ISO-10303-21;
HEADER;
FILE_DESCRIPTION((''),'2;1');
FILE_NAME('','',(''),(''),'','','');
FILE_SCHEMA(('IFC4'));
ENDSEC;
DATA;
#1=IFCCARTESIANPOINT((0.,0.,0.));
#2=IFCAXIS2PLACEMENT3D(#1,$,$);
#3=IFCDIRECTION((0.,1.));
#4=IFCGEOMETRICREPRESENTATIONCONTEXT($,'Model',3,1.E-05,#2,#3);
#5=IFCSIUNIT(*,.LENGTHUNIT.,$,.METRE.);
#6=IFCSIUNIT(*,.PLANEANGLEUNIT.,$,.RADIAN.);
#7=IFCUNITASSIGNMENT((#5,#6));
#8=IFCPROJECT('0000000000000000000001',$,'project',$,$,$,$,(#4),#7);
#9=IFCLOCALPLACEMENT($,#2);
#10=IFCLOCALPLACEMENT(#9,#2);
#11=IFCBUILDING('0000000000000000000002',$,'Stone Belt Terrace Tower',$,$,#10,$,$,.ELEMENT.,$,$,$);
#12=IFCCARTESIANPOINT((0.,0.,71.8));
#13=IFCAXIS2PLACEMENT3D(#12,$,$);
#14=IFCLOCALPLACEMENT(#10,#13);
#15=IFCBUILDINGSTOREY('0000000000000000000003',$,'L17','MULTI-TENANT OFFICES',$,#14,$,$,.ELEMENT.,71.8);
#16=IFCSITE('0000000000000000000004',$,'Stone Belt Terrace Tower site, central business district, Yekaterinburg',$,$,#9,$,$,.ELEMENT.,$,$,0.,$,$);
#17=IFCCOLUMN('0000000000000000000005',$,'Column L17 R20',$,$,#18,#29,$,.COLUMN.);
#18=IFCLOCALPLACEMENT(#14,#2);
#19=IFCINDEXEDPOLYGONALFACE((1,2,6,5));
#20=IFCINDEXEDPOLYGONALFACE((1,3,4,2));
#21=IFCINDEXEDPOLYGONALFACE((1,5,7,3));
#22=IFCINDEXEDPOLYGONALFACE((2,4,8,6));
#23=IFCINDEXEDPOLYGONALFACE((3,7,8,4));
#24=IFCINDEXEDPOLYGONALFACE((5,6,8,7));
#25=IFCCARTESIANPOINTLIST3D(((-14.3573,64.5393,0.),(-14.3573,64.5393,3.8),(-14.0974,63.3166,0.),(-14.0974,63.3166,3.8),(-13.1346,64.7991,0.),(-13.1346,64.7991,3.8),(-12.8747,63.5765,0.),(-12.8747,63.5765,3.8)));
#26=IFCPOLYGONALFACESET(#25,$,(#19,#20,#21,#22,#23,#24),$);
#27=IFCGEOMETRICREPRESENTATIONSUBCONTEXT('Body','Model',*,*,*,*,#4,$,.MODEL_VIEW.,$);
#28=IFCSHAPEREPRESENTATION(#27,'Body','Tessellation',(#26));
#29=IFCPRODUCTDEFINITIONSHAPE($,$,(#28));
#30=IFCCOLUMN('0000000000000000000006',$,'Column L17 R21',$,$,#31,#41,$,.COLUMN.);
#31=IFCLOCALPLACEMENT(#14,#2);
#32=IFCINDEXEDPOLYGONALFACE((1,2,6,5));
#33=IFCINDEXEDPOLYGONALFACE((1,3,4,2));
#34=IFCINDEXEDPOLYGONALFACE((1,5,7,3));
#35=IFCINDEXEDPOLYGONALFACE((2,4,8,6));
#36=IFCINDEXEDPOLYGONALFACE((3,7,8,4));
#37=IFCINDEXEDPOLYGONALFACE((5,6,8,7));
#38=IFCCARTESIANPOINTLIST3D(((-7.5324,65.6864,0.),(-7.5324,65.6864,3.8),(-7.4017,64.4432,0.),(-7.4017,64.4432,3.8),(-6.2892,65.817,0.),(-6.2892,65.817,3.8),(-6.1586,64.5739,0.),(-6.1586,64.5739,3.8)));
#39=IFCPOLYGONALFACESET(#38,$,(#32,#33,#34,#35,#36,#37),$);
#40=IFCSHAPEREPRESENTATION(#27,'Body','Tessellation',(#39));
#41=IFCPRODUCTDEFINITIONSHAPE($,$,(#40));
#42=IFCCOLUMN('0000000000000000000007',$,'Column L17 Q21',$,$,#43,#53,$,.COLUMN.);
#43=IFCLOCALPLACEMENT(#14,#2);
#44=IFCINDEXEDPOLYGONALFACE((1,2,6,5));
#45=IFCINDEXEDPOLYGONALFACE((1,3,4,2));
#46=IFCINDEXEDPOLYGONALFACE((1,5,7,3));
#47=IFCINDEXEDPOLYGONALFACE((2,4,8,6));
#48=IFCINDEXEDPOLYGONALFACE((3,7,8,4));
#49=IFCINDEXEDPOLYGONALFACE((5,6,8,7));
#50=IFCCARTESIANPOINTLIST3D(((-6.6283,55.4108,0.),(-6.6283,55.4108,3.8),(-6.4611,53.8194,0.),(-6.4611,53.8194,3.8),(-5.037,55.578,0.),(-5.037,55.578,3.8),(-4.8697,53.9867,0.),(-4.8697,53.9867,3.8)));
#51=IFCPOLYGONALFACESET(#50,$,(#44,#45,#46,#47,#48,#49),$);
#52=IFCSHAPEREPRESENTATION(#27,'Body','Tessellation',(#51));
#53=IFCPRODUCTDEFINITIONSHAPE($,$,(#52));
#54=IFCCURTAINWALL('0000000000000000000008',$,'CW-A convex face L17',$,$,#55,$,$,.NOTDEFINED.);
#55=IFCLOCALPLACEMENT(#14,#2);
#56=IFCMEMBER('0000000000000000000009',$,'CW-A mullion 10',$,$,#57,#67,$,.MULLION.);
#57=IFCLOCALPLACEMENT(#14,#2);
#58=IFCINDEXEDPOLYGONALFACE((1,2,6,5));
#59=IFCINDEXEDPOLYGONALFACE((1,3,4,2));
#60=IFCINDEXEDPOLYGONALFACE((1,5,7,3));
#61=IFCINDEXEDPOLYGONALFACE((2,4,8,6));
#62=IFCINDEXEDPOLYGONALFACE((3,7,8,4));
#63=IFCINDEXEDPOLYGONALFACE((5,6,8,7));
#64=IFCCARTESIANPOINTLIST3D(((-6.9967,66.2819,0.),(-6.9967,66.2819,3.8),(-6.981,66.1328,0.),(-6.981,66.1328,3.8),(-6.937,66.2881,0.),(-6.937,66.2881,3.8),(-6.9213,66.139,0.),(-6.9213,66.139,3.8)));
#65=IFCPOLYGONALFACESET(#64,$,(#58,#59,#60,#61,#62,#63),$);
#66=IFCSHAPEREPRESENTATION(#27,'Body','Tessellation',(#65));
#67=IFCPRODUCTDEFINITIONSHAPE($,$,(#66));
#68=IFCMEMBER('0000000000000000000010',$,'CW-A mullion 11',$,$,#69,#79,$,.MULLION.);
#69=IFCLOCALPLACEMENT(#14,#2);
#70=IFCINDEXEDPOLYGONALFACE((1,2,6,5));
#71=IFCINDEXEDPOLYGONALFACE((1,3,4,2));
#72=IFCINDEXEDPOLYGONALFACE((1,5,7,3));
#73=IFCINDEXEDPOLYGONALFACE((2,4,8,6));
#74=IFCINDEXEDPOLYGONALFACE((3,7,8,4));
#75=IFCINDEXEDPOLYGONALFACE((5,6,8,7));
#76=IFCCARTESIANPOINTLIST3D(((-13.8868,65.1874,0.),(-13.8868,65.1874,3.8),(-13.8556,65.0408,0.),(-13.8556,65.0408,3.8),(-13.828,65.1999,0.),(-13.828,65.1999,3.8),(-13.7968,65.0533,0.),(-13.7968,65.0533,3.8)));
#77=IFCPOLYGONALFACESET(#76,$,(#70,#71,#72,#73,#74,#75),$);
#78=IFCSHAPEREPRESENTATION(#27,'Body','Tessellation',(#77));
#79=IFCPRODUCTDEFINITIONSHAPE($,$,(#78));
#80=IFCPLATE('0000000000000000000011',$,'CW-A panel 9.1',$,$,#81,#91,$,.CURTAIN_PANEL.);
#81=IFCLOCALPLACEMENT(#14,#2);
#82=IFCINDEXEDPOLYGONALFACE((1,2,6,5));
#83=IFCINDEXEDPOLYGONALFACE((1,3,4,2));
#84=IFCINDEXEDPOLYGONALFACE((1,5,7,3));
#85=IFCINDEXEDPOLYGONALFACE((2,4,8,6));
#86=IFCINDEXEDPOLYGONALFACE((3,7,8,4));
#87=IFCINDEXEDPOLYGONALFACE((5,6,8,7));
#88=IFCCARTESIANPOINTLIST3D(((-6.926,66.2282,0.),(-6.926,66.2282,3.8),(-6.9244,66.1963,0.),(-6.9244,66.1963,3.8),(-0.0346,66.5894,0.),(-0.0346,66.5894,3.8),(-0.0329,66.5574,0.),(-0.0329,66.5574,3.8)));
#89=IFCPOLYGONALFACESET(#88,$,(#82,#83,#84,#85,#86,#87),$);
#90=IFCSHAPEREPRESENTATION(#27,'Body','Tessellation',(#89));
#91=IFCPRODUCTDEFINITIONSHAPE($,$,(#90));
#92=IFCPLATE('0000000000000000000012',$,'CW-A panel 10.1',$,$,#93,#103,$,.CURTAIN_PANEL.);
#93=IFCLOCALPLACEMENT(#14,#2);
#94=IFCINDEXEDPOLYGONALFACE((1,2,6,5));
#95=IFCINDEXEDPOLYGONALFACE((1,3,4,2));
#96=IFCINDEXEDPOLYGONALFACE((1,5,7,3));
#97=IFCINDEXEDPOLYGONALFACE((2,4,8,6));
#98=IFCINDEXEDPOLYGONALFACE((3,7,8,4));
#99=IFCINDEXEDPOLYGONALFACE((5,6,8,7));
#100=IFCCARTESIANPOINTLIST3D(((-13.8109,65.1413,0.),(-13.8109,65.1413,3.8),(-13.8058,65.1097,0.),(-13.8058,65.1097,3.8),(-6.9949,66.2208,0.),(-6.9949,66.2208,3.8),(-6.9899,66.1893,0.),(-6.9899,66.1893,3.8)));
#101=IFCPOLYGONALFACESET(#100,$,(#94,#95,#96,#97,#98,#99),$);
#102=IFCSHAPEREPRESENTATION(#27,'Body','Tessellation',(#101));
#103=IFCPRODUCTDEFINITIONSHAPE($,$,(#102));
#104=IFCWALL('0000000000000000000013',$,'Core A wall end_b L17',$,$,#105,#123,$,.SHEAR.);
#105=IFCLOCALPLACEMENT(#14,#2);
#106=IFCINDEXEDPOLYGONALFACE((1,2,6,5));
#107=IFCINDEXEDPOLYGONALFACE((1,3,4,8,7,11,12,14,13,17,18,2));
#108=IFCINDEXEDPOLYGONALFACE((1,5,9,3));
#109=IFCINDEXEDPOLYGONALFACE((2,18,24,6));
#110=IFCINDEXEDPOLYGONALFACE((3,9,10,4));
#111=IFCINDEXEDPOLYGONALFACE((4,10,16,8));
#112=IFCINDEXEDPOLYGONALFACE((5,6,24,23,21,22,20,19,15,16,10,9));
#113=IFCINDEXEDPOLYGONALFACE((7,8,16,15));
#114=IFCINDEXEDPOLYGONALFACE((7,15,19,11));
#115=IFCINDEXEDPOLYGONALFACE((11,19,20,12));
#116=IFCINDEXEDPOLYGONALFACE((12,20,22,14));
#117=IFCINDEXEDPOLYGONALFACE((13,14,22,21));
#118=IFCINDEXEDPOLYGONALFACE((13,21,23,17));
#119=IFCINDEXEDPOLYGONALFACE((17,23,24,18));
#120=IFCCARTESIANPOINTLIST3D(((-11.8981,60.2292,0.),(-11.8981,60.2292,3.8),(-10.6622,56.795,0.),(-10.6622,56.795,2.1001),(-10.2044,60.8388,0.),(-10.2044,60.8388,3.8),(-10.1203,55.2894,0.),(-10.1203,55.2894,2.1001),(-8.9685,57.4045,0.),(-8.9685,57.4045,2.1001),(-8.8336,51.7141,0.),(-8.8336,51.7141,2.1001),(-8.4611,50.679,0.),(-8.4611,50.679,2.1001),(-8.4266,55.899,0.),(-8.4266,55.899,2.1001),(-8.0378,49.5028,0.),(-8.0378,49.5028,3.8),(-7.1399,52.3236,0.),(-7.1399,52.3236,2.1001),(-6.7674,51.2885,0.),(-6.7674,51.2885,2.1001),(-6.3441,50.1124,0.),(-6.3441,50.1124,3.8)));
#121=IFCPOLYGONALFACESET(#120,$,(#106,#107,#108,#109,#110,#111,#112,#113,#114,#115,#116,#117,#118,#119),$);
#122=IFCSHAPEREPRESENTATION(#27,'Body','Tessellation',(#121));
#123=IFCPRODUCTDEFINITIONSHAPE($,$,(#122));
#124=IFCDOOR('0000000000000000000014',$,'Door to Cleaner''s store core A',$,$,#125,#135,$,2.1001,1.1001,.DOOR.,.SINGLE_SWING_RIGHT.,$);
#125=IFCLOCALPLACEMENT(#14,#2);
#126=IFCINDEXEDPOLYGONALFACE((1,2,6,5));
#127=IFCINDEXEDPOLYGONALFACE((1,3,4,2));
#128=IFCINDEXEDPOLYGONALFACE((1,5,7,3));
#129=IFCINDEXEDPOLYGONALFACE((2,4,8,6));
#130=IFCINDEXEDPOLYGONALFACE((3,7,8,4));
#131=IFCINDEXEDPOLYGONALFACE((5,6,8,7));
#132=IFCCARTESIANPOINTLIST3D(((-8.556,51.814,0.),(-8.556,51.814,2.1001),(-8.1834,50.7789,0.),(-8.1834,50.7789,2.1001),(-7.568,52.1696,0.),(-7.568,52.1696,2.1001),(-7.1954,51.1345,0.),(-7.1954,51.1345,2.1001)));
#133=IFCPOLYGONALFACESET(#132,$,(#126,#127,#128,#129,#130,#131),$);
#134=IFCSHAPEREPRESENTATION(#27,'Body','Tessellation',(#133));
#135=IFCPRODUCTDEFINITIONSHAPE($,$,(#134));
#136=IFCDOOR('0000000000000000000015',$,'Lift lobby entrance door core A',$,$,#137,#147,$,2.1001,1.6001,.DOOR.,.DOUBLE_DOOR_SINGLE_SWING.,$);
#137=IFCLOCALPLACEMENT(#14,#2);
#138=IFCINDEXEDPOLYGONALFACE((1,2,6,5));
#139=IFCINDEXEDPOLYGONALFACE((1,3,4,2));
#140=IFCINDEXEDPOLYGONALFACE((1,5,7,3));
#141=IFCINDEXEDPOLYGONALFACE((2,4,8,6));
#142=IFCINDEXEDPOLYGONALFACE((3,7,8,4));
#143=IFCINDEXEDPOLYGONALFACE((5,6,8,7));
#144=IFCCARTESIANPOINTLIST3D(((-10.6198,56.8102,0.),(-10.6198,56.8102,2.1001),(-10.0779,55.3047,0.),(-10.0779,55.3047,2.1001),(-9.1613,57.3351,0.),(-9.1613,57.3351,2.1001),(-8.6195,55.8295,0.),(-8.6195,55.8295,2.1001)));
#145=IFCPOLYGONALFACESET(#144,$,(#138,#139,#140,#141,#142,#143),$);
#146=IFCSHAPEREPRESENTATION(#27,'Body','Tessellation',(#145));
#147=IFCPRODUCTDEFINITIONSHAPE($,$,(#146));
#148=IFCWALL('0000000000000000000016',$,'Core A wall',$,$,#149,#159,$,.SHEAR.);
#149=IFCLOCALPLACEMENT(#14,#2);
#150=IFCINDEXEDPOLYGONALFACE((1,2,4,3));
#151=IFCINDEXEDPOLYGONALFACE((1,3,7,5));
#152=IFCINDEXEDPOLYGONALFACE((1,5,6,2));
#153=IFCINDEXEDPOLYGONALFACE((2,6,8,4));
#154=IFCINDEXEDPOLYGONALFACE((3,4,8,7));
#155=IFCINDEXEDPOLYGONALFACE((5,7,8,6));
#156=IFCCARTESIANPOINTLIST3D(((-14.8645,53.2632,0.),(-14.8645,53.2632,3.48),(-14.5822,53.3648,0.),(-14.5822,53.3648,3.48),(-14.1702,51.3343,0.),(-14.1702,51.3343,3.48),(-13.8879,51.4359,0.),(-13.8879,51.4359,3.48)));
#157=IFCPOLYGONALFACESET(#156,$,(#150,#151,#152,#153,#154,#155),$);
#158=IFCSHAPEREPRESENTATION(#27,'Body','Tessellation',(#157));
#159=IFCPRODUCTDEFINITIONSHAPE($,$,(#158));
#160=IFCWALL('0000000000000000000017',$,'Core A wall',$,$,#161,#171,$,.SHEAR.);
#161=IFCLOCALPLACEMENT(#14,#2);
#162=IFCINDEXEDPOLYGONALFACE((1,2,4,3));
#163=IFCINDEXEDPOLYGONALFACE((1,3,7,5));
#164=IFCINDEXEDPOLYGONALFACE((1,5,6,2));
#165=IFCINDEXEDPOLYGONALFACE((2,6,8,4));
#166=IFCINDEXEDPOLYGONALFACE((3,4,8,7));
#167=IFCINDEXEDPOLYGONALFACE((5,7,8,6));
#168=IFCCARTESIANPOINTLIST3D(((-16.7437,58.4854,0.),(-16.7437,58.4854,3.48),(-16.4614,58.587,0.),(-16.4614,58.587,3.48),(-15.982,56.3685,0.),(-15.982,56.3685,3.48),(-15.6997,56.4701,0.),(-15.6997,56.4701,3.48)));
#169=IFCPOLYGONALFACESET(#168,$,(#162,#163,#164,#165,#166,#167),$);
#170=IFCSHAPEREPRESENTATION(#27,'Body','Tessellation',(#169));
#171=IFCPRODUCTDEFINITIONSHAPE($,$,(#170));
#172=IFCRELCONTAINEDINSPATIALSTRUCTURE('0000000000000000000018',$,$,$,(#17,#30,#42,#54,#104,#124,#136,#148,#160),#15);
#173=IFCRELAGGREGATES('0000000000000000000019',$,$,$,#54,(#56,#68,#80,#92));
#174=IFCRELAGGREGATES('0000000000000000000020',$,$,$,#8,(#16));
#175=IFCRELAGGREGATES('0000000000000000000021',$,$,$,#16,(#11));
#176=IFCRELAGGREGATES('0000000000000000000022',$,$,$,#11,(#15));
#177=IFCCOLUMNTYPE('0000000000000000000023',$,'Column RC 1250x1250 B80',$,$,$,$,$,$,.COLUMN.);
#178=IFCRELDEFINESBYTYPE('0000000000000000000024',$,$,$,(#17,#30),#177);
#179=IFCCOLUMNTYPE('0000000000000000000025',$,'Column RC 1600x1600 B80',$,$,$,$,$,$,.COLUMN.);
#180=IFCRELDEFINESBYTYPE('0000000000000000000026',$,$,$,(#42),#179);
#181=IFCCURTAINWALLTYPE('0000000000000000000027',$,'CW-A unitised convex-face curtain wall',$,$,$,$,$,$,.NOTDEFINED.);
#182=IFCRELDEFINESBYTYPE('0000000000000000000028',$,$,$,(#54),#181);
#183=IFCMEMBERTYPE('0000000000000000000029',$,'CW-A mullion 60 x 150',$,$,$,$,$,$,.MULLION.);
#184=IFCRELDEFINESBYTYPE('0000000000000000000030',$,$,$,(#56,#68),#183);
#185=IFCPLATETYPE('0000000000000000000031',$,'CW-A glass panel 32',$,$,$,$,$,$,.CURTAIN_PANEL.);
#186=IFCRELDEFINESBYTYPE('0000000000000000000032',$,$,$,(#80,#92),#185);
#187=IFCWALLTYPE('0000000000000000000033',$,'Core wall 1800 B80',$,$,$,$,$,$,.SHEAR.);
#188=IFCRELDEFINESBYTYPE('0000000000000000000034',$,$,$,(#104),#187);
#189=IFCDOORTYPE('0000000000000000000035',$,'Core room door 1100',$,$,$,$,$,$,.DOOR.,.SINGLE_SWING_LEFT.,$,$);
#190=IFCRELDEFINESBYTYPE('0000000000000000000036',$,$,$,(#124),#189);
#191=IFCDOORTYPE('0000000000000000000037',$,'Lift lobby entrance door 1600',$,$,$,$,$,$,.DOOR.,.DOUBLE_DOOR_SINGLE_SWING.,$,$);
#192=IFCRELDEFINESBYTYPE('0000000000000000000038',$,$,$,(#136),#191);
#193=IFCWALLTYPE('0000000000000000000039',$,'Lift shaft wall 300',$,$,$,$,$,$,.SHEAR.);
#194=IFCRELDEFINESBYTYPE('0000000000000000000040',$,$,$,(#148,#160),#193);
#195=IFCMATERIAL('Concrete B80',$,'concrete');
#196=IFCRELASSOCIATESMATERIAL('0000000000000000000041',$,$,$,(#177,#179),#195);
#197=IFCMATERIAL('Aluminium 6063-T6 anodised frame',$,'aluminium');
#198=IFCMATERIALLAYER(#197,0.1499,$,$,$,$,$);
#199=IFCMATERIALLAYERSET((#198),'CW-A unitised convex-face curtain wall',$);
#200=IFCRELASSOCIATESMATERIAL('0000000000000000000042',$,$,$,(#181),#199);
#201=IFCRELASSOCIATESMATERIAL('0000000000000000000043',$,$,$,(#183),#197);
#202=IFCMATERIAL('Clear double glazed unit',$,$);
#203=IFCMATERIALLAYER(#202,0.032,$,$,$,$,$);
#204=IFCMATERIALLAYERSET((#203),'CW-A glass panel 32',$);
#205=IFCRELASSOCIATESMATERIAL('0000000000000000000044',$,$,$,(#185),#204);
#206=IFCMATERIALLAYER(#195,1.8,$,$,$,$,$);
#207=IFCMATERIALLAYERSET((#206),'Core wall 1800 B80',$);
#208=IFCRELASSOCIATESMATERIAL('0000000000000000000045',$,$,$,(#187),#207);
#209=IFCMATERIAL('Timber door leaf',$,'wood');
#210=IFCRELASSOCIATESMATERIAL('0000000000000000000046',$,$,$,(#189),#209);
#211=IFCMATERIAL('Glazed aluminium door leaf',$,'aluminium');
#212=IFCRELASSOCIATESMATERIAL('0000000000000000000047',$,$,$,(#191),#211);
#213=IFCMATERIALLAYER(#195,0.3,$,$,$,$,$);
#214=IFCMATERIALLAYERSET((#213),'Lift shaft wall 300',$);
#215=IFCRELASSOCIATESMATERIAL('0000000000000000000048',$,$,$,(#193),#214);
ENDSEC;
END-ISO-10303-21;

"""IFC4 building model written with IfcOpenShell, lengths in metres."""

from ifc_helpers import new_model, si_unit, direction, frame, frame_2d, origin, origin_2d, place, context, subcontext, project, spatial, rectangle, extrude, material, layer, layer_set, material_profile, profile_set, type_object, element, fill, aggregate, save


model = new_model("IFC4")

# Units and contexts
model_context = context("Model", 3, precision=1e-05, world=origin(), true_north=direction((0.0, 1.0)))
body_context = subcontext(model_context, "Body", "Model", "MODEL_VIEW")
ifc_project = project(units=[si_unit("LENGTHUNIT", "METRE"), si_unit("PLANEANGLEUNIT", "RADIAN")], contexts=[model_context])

# Site, building, storey
site_placement = place(None, origin())
site = spatial("IfcSite", under=ifc_project, at=site_placement, Name="Stone Belt Terrace Tower site, central business district, Yekaterinburg", CompositionType="ELEMENT", RefElevation=0.0)
building_placement = place(site_placement, origin())
building = spatial("IfcBuilding", under=site, at=building_placement, Name="Stone Belt Terrace Tower", CompositionType="ELEMENT")
storey_placement = place(building_placement, frame((0.0, 0.0, 71.8)))
storey = spatial("IfcBuildingStorey", under=building, at=storey_placement, Name="L17", Description="MULTI-TENANT OFFICES", CompositionType="ELEMENT", Elevation=71.8)

# Columns
ifc_material_1 = material(Name="Concrete B80", Category="concrete")
ifc_material_profile_1 = material_profile(ifc_material_1, rectangle(XDim=1.25, YDim=1.25, at=origin_2d()), Name="RC 1250x1250")
ifc_profile_set_1 = profile_set([ifc_material_profile_1], Name="Concrete B80")
column_type_1 = type_object("IfcColumnType", Name="Column RC 1250x1250 B80", PredefinedType="COLUMN", material=ifc_profile_set_1)
for number, where, z_axis, x_axis, name in (
    (1, (-13.616, 64.0579, 0.0), (0.0, 0.0, 1.0), (0.978148, 0.207912, 0.0), "Column L17 R20"),
    (2, (-6.8455, 65.1301, 0.0), (0.0, 0.0, 1.0), (0.994522, 0.104528, 0.0), "Column L17 R21"),
):
    element("IfcColumn", number, at=place(storey_placement, frame(where, z_axis=z_axis, x_axis=x_axis)), inside=storey, type_object=column_type_1, Name=name, PredefinedType="COLUMN", context=body_context, shape_type="SweptSolid", body=[
        extrude(rectangle(XDim=1.25, YDim=1.25, at=origin_2d()), origin(), (0.0, 0.0, 1.0), 3.8),
    ])
ifc_material_profile_2 = material_profile(ifc_material_1, rectangle(XDim=1.6001, YDim=1.6001, at=origin_2d()), Name="RC 1600x1600")
ifc_profile_set_2 = profile_set([ifc_material_profile_2], Name="Concrete B80")
column_type_2 = type_object("IfcColumnType", Name="Column RC 1600x1600 B80", PredefinedType="COLUMN", material=ifc_profile_set_2)
column_placement = place(storey_placement, frame((-5.749, 54.6987, 0.0), z_axis=(0.0, 0.0, 1.0), x_axis=(0.994522, 0.104528, 0.0)))
element("IfcColumn", 3, at=column_placement, inside=storey, type_object=column_type_2, Name="Column L17 Q21", PredefinedType="COLUMN", context=body_context, shape_type="SweptSolid", body=[
    extrude(rectangle(XDim=1.6001, YDim=1.6001, at=origin_2d()), origin(), (0.0, 0.0, 1.0), 3.8),
])

# Curtain wall, members, plates
ifc_material_2 = material(Name="Aluminium 6063-T6 anodised frame", Category="aluminium")
ifc_layer_1 = layer(ifc_material_2, 0.1499)
ifc_layer_set_1 = layer_set([ifc_layer_1], Name="CW-A unitised convex-face curtain wall")
curtain_wall_type = type_object("IfcCurtainWallType", Name="CW-A unitised convex-face curtain wall", PredefinedType="NOTDEFINED", material=ifc_layer_set_1)
curtain_wall_placement = place(storey_placement, origin())
curtain_wall = element("IfcCurtainWall", 4, at=curtain_wall_placement, inside=storey, type_object=curtain_wall_type, Name="CW-A convex face L17", PredefinedType="NOTDEFINED")
ifc_material_profile_3 = material_profile(ifc_material_2, rectangle(XDim=0.1499, YDim=0.0601, at=origin_2d()), Name="Aluminium 6063-T6 60x150")
ifc_profile_set_3 = profile_set([ifc_material_profile_3], Name="Aluminium 6063-T6 anodised frame")
member_type = type_object("IfcMemberType", Name="CW-A mullion 60 x 150", PredefinedType="MULLION", material=ifc_profile_set_3)
member_1_placement = place(storey_placement, frame((-6.959, 66.2104, 0.0), z_axis=(0.0, 0.0, 1.0), x_axis=(0.104528, -0.994522, 0.0)))
member_1 = element("IfcMember", 5, at=member_1_placement, type_object=member_type, Name="CW-A mullion 10", PredefinedType="MULLION", context=body_context, shape_type="SweptSolid", body=[
    extrude(rectangle(XDim=0.1499, YDim=0.0601, at=origin_2d()), origin(), (0.0, 0.0, 1.0), 3.8),
])
member_2_placement = place(storey_placement, frame((-13.8418, 65.1204, 0.0), z_axis=(0.0, 0.0, 1.0), x_axis=(0.207912, -0.978148, 0.0)))
member_2 = element("IfcMember", 6, at=member_2_placement, type_object=member_type, Name="CW-A mullion 11", PredefinedType="MULLION", context=body_context, shape_type="SweptSolid", body=[
    extrude(rectangle(XDim=0.1499, YDim=0.0601, at=origin_2d()), origin(), (0.0, 0.0, 1.0), 3.8),
])
ifc_material_3 = material(Name="Clear double glazed unit")
ifc_layer_2 = layer(ifc_material_3, 0.032)
ifc_layer_set_2 = layer_set([ifc_layer_2], Name="CW-A glass panel 32")
plate_type = type_object("IfcPlateType", Name="CW-A glass panel 32", PredefinedType="CURTAIN_PANEL", material=ifc_layer_set_2)
plate_1_placement = place(storey_placement, frame((-3.4795, 66.3928, 0.0), z_axis=(0.0, 0.0, 1.0), x_axis=(-0.99863, -0.052336, 0.0)))
plate_1 = element("IfcPlate", 7, at=plate_1_placement, type_object=plate_type, Name="CW-A panel 9.1", PredefinedType="CURTAIN_PANEL", context=body_context, shape_type="SweptSolid", body=[
    extrude(rectangle(XDim=6.9009, YDim=0.032, at=origin_2d()), origin(), (0.0, 0.0, 1.0), 3.8),
])
plate_2_placement = place(storey_placement, frame((-10.4004, 65.6653, 0.0), z_axis=(0.0, 0.0, 1.0), x_axis=(-0.987688, -0.156434, 0.0)))
plate_2 = element("IfcPlate", 8, at=plate_2_placement, type_object=plate_type, Name="CW-A panel 10.1", PredefinedType="CURTAIN_PANEL", context=body_context, shape_type="SweptSolid", body=[
    extrude(rectangle(XDim=6.9009, YDim=0.032, at=origin_2d()), origin(), (0.0, 0.0, 1.0), 3.8),
])
aggregate(curtain_wall, [member_1, member_2, plate_1, plate_2])

# Wall, openings, doors
ifc_layer_3 = layer(ifc_material_1, 1.8)
ifc_layer_set_3 = layer_set([ifc_layer_3], Name="Core wall 1800 B80")
wall_type_1 = type_object("IfcWallType", Name="Core wall 1800 B80", PredefinedType="SHEAR", material=ifc_layer_set_3)
wall_1_placement = place(storey_placement, frame((-7.1909, 49.8076, 0.0), z_axis=(0.0, 0.0, 1.0), x_axis=(-0.338632, 0.940919, 0.0)))
wall_1 = element("IfcWall", 9, at=wall_1_placement, inside=storey, type_object=wall_type_1, Name="Core A wall end_b L17", PredefinedType="SHEAR", context=body_context, shape_type="SweptSolid", body=[
    extrude(rectangle(XDim=11.3999, YDim=1.8, at=frame_2d((5.7, 0.0))), origin(), (0.0, 0.0, 1.0), 3.8),
])
opening_1_placement = place(wall_1_placement, frame((6.1499, 0.0, 0.0)))
opening_1 = element("IfcOpeningElement", 10, at=opening_1_placement, cuts=wall_1, PredefinedType="OPENING", context=body_context, shape_type="SweptSolid", body=[
    extrude(rectangle(XDim=1.6001, YDim=2.1001, at=frame_2d((0.8, 1.05))), frame((0.0, 0.9099, 0.0), z_axis=(0.0, -1.0, 0.0), x_axis=(1.0, 0.0, 0.0)), (0.0, 0.0, 1.0), 1.8201),
])
opening_2_placement = place(wall_1_placement, frame((1.25, 0.0, 0.0)))
opening_2 = element("IfcOpeningElement", 11, at=opening_2_placement, cuts=wall_1, PredefinedType="OPENING", context=body_context, shape_type="SweptSolid", body=[
    extrude(rectangle(XDim=1.1001, YDim=2.1001, at=frame_2d((0.55, 1.05))), frame((0.0, 0.9099, 0.0), z_axis=(0.0, -1.0, 0.0), x_axis=(1.0, 0.0, 0.0)), (0.0, 0.0, 1.0), 1.8201),
])
ifc_material_4 = material(Name="Timber door leaf", Category="wood")
door_type_1 = type_object("IfcDoorType", Name="Core room door 1100", OperationType="SINGLE_SWING_LEFT", PredefinedType="DOOR", material=ifc_material_4)
door_1_placement = place(opening_2_placement, origin())
door_1 = element("IfcDoor", 12, at=door_1_placement, inside=storey, type_object=door_type_1, Name="Door to Cleaner's store core A", OperationType="SINGLE_SWING_RIGHT", OverallHeight=2.1001, OverallWidth=1.1001, PredefinedType="DOOR", context=body_context, shape_type="SweptSolid", body=[
    extrude(rectangle(XDim=1.1001, YDim=2.1001, at=frame_2d((0.55, 1.05))), frame((0.0, 0.605, 0.0), z_axis=(0.0, -1.0, 0.0), x_axis=(1.0, 0.0, 0.0)), (0.0, 0.0, 1.0), 1.05),
])
fill(opening_2, door_1)
ifc_material_5 = material(Name="Glazed aluminium door leaf", Category="aluminium")
door_type_2 = type_object("IfcDoorType", Name="Lift lobby entrance door 1600", OperationType="DOUBLE_DOOR_SINGLE_SWING", PredefinedType="DOOR", material=ifc_material_5)
door_2_placement = place(opening_1_placement, origin())
door_2 = element("IfcDoor", 13, at=door_2_placement, inside=storey, type_object=door_type_2, Name="Lift lobby entrance door core A", OperationType="DOUBLE_DOOR_SINGLE_SWING", OverallHeight=2.1001, OverallWidth=1.6001, PredefinedType="DOOR", context=body_context, shape_type="SweptSolid", body=[
    extrude(rectangle(XDim=1.6001, YDim=2.1001, at=frame_2d((0.8, 1.05))), frame((0.0, 0.855, 0.0), z_axis=(0.0, -1.0, 0.0), x_axis=(1.0, 0.0, 0.0)), (0.0, 0.0, 1.0), 1.55),
])
fill(opening_1, door_2)

# Walls
ifc_layer_4 = layer(ifc_material_1, 0.3)
ifc_layer_set_4 = layer_set([ifc_layer_4], Name="Lift shaft wall 300")
wall_type_2 = type_object("IfcWallType", Name="Lift shaft wall 300", PredefinedType="SHEAR", material=ifc_layer_set_4)
wall_2_placement = place(storey_placement, frame((-14.0291, 51.3853, 0.0), z_axis=(0.0, 0.0, 1.0), x_axis=(-0.338682, 0.940901, 0.0)))
element("IfcWall", 14, at=wall_2_placement, inside=storey, type_object=wall_type_2, Name="Core A wall", PredefinedType="SHEAR", context=body_context, shape_type="SweptSolid", body=[
    extrude(rectangle(XDim=2.05, YDim=0.3, at=frame_2d((1.0249, 0.0))), origin(), (0.0, 0.0, 1.0), 3.48),
])
wall_3_placement = place(storey_placement, frame((-15.8408, 56.4192, 0.0), z_axis=(0.0, 0.0, 1.0), x_axis=(-0.33857, 0.940941, 0.0)))
element("IfcWall", 15, at=wall_3_placement, inside=storey, type_object=wall_type_2, Name="Core A wall", PredefinedType="SHEAR", context=body_context, shape_type="SweptSolid", body=[
    extrude(rectangle(XDim=2.2498, YDim=0.3, at=frame_2d((1.125, 0.0))), origin(), (0.0, 0.0, 1.0), 3.48),
])

save(model, "model.ifc")
